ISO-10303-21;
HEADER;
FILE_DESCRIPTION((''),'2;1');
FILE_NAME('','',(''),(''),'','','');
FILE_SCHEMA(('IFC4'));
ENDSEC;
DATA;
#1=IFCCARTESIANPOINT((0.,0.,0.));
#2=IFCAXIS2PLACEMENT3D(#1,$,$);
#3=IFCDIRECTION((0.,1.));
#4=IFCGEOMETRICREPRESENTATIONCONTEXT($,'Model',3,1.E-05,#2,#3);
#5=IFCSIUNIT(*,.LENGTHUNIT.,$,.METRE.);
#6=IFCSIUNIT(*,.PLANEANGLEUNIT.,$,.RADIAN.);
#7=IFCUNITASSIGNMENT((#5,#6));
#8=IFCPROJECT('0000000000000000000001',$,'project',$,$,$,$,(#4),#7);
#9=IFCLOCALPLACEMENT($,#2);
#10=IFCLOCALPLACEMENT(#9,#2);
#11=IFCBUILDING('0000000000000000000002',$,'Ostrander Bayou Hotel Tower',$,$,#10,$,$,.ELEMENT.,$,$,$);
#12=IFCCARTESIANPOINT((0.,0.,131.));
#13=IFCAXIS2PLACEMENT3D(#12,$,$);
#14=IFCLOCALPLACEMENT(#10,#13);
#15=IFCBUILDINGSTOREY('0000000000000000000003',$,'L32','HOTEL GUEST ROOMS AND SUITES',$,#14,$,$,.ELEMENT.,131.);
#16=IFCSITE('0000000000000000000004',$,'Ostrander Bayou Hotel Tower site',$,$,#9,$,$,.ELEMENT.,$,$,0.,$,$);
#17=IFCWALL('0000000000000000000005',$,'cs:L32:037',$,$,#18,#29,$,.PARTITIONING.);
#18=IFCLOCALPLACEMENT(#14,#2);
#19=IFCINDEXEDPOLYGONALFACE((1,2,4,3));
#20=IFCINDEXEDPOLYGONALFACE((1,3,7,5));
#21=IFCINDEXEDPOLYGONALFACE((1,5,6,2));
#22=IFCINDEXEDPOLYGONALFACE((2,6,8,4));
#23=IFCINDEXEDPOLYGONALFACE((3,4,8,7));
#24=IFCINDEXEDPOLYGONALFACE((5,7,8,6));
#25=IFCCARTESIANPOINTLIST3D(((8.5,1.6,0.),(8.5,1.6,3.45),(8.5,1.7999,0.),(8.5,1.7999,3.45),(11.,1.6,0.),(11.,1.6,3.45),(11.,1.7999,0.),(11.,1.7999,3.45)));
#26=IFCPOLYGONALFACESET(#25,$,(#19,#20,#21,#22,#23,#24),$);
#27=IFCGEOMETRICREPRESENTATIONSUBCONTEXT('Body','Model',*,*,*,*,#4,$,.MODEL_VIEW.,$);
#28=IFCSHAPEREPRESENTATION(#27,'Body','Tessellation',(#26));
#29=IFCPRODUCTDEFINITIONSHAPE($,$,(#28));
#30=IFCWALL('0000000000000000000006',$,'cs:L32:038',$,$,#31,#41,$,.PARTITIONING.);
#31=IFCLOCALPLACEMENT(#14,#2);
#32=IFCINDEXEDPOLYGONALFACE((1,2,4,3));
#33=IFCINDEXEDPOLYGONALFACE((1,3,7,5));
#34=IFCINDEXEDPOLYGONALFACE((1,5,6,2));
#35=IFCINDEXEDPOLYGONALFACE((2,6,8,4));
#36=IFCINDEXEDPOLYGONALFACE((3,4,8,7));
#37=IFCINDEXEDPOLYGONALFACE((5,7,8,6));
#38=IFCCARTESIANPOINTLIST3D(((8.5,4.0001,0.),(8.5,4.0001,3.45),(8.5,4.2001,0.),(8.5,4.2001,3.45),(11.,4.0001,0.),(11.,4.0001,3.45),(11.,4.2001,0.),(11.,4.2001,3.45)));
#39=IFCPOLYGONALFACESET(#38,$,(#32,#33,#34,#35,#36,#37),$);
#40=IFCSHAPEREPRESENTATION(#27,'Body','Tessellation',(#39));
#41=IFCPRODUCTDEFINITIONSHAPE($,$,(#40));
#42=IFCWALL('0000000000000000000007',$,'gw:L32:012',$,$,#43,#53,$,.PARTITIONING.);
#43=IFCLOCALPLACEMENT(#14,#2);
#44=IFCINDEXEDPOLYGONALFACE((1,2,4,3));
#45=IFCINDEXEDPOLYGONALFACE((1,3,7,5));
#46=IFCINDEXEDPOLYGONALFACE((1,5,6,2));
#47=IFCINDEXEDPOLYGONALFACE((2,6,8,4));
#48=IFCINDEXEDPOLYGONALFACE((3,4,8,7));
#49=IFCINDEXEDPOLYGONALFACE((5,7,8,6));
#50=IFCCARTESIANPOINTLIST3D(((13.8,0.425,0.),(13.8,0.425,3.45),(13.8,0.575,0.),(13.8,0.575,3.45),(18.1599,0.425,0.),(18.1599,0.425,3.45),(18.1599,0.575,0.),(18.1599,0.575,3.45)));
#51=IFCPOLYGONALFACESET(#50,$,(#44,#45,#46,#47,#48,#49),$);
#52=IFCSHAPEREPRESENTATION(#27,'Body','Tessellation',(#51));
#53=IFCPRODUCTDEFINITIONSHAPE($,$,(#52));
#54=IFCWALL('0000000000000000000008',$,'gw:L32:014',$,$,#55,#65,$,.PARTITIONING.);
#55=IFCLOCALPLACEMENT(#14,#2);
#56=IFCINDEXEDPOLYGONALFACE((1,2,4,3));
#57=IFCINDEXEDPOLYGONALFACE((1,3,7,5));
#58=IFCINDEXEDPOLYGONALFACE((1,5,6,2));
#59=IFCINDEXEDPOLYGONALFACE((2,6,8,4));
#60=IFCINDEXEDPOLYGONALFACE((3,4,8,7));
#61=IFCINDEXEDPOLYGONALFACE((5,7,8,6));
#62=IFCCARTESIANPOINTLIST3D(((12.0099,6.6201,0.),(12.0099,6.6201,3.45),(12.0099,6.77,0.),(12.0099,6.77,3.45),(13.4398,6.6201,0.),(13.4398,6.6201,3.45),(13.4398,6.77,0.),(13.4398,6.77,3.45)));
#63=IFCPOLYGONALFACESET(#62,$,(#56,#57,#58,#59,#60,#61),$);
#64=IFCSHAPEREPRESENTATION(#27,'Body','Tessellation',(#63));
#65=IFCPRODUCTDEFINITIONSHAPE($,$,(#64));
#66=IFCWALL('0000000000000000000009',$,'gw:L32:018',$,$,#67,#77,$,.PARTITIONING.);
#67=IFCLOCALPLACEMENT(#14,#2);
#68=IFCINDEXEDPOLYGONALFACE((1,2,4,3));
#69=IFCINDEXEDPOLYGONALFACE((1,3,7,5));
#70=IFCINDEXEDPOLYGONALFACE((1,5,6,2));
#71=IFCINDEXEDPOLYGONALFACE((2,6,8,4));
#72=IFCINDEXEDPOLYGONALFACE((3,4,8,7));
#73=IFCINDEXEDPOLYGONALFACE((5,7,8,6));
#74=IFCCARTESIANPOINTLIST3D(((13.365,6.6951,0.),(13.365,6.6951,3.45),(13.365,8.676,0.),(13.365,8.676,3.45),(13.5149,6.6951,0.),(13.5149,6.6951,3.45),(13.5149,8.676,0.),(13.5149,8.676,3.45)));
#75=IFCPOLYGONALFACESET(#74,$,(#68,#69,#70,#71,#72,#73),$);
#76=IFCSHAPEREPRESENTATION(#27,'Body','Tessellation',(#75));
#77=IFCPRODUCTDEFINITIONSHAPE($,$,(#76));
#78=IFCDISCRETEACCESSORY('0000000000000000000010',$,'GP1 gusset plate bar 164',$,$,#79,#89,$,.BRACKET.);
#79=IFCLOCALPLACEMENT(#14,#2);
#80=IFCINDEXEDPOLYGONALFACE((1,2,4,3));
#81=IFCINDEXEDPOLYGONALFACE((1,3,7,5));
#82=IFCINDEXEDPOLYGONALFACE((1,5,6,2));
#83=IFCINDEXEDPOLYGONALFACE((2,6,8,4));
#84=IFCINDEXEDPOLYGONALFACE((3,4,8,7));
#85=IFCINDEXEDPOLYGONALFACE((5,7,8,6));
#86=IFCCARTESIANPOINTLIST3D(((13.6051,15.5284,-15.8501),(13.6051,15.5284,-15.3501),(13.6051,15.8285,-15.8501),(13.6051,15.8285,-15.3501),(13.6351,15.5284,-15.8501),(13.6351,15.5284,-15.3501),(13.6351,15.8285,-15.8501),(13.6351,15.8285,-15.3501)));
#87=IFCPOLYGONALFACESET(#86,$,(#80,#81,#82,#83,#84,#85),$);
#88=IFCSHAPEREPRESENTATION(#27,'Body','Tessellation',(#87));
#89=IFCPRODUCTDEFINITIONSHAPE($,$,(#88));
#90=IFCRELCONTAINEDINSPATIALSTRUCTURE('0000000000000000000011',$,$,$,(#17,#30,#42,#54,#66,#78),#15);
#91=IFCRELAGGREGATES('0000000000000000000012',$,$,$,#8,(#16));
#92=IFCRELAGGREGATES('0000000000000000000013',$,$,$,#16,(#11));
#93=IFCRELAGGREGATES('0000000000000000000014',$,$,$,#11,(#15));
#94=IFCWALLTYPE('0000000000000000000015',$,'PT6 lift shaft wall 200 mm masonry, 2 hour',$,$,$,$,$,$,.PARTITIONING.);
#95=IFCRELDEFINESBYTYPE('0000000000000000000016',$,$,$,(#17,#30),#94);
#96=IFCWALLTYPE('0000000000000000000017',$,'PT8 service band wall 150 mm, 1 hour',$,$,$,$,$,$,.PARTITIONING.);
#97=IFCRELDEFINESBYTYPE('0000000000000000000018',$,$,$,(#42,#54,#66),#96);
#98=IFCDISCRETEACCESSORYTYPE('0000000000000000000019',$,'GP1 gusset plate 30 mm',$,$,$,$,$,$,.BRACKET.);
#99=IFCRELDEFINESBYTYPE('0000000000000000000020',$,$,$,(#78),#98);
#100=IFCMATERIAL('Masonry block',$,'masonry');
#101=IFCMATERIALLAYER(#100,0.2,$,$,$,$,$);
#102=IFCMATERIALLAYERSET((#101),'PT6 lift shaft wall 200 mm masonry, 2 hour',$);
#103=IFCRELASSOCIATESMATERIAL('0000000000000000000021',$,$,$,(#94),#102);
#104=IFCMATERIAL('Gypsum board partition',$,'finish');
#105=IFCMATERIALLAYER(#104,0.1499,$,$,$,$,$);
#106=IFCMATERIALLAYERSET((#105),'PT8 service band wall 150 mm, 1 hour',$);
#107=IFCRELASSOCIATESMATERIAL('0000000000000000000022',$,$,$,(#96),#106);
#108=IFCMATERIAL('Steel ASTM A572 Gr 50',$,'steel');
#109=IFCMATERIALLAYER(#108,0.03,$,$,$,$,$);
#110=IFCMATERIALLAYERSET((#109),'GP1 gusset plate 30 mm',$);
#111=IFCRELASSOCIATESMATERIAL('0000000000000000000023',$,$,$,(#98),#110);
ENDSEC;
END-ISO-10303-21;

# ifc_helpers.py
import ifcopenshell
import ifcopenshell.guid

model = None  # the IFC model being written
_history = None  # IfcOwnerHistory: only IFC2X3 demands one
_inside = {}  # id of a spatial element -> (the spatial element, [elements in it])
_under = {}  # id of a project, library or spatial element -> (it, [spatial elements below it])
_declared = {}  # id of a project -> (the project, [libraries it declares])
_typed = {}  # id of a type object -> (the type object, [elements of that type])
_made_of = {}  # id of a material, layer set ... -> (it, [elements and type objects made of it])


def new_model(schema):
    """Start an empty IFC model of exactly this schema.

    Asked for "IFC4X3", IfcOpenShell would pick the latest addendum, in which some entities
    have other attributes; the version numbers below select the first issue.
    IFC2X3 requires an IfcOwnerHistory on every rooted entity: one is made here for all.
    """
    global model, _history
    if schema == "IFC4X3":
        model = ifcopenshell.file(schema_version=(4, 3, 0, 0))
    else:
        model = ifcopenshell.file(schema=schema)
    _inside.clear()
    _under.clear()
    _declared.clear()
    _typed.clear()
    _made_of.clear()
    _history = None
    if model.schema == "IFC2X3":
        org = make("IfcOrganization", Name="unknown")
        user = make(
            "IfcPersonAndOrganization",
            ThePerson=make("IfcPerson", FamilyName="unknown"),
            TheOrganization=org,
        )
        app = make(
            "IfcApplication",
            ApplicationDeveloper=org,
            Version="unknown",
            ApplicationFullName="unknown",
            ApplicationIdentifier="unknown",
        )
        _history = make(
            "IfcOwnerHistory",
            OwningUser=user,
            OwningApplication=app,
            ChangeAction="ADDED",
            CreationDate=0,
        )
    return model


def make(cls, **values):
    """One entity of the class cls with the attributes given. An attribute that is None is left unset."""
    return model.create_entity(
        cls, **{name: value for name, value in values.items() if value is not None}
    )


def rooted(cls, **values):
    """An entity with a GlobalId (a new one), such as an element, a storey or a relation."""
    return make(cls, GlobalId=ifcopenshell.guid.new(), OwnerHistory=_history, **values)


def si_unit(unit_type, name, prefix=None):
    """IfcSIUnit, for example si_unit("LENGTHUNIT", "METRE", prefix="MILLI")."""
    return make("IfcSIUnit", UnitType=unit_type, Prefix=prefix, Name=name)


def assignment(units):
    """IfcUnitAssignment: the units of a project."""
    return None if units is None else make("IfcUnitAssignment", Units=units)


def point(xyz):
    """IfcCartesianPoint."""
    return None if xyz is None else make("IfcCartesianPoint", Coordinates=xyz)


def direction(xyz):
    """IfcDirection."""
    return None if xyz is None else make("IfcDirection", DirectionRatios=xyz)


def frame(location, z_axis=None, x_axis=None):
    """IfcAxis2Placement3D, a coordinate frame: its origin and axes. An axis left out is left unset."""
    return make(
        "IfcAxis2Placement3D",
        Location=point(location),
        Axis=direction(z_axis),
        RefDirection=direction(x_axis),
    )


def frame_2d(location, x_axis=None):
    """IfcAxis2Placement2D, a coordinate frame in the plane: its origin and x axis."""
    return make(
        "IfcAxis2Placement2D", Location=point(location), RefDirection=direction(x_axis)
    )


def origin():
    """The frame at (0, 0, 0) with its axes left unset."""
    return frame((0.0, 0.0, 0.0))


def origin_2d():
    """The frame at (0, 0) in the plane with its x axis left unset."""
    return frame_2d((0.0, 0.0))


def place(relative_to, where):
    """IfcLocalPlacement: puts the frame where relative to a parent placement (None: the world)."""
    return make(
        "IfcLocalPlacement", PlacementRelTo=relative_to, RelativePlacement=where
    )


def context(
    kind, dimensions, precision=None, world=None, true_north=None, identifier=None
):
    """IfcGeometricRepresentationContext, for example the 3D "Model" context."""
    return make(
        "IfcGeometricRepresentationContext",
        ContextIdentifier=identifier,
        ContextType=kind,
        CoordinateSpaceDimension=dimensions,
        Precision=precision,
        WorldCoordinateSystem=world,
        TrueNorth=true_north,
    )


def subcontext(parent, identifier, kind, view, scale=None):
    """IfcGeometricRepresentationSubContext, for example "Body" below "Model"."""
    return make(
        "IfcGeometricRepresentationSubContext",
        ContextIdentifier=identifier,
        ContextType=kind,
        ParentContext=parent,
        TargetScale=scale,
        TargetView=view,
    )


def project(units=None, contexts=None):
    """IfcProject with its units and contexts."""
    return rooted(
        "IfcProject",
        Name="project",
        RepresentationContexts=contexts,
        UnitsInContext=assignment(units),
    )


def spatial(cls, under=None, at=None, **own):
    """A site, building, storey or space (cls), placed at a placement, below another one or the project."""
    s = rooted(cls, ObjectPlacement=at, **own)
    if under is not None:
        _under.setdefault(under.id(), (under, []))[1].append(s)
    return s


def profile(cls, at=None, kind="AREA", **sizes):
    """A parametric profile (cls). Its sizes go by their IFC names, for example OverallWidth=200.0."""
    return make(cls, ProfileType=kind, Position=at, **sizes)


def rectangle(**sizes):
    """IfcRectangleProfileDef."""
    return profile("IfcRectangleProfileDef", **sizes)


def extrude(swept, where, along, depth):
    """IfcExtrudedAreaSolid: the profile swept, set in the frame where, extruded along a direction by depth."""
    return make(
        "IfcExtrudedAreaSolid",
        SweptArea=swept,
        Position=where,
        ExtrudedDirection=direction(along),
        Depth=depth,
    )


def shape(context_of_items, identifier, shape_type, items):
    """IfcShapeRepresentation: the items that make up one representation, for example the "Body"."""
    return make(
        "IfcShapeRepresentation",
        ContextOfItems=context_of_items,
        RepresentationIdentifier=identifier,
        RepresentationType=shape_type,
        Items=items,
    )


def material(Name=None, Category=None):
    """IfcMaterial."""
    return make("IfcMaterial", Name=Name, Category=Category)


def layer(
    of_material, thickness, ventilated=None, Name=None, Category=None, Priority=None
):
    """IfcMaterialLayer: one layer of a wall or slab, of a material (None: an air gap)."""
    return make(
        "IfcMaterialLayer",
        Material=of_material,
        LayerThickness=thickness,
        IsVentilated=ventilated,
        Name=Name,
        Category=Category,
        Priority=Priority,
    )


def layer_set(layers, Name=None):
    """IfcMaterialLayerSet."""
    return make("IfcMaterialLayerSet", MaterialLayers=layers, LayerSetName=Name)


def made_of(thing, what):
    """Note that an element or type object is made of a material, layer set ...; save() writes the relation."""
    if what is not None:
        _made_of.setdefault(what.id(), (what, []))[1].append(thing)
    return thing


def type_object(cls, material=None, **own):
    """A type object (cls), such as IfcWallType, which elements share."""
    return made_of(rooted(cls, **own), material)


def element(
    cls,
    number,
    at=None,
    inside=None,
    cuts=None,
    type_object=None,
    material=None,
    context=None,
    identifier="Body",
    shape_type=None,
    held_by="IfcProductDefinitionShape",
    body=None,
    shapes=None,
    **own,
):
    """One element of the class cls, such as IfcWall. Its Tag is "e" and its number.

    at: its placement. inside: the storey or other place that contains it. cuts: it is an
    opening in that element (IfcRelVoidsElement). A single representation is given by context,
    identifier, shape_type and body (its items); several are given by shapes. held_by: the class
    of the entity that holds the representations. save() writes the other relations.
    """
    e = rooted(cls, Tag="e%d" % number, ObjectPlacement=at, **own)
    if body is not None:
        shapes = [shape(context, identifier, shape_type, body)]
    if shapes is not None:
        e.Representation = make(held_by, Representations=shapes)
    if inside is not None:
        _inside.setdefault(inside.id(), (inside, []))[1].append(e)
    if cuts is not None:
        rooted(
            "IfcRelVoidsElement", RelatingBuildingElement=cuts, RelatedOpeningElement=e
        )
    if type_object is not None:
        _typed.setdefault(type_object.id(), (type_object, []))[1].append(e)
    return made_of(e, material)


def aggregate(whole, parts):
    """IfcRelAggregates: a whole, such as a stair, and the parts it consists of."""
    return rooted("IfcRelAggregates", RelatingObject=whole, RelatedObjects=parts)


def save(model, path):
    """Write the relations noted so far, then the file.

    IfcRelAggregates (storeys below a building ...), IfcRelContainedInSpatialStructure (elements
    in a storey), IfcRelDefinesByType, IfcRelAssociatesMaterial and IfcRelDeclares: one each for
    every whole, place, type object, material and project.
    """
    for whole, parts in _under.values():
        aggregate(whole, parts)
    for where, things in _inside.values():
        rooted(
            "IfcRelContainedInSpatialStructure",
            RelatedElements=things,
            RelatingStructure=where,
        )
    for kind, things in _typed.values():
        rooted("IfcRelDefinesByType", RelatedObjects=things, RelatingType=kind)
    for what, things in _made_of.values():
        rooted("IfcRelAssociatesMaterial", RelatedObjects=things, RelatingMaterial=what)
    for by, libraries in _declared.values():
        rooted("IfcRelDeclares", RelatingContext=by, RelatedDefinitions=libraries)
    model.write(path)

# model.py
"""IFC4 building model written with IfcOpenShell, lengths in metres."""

from ifc_helpers import new_model, si_unit, direction, frame, frame_2d, origin, origin_2d, place, context, subcontext, project, spatial, rectangle, extrude, material, layer, layer_set, type_object, element, save


model = new_model("IFC4")

# Units and contexts
model_context = context("Model", 3, precision=1e-05, world=origin(), true_north=direction((0.0, 1.0)))
body_context = subcontext(model_context, "Body", "Model", "MODEL_VIEW")
ifc_project = project(units=[si_unit("LENGTHUNIT", "METRE"), si_unit("PLANEANGLEUNIT", "RADIAN")], contexts=[model_context])

# Site, building, storey
site_placement = place(None, origin())
site = spatial("IfcSite", under=ifc_project, at=site_placement, Name="Ostrander Bayou Hotel Tower site", CompositionType="ELEMENT", RefElevation=0.0)
building_placement = place(site_placement, origin())
building = spatial("IfcBuilding", under=site, at=building_placement, Name="Ostrander Bayou Hotel Tower", CompositionType="ELEMENT")
storey_placement = place(building_placement, frame((0.0, 0.0, 131.0)))
storey = spatial("IfcBuildingStorey", under=building, at=storey_placement, Name="L32", Description="HOTEL GUEST ROOMS AND SUITES", CompositionType="ELEMENT", Elevation=131.0)

# Walls
ifc_material_1 = material(Name="Masonry block", Category="masonry")
ifc_layer_1 = layer(ifc_material_1, 0.2)
ifc_layer_set_1 = layer_set([ifc_layer_1], Name="PT6 lift shaft wall 200 mm masonry, 2 hour")
wall_type_1 = type_object("IfcWallType", Name="PT6 lift shaft wall 200 mm masonry, 2 hour", PredefinedType="PARTITIONING", material=ifc_layer_set_1)
for number, where, z_axis, x_axis, name in (
    (1, (8.5, 1.7, 0.0), (0.0, 0.0, 1.0), (1.0, 0.0, 0.0), "cs:L32:037"),
    (2, (8.5, 4.1001, 0.0), (0.0, 0.0, 1.0), (1.0, 0.0, 0.0), "cs:L32:038"),
):
    element("IfcWall", number, at=place(storey_placement, frame(where, z_axis=z_axis, x_axis=x_axis)), inside=storey, type_object=wall_type_1, Name=name, PredefinedType="PARTITIONING", context=body_context, shape_type="SweptSolid", body=[
        extrude(rectangle(XDim=2.5, YDim=0.2, at=frame_2d((1.25, 0.0))), origin(), (0.0, 0.0, 1.0), 3.45),
    ])
ifc_material_2 = material(Name="Gypsum board partition", Category="finish")
ifc_layer_2 = layer(ifc_material_2, 0.1499)
ifc_layer_set_2 = layer_set([ifc_layer_2], Name="PT8 service band wall 150 mm, 1 hour")
wall_type_2 = type_object("IfcWallType", Name="PT8 service band wall 150 mm, 1 hour", PredefinedType="PARTITIONING", material=ifc_layer_set_2)
wall_1_placement = place(storey_placement, frame((13.8, 0.5, 0.0), z_axis=(0.0, 0.0, 1.0), x_axis=(1.0, 0.0, 0.0)))
element("IfcWall", 3, at=wall_1_placement, inside=storey, type_object=wall_type_2, Name="gw:L32:012", PredefinedType="PARTITIONING", context=body_context, shape_type="SweptSolid", body=[
    extrude(rectangle(XDim=4.3599, YDim=0.1499, at=frame_2d((2.1799, 0.0))), origin(), (0.0, 0.0, 1.0), 3.45),
])
wall_2_placement = place(storey_placement, frame((12.01, 6.6951, 0.0), z_axis=(0.0, 0.0, 1.0), x_axis=(1.0, 0.0, 0.0)))
element("IfcWall", 4, at=wall_2_placement, inside=storey, type_object=wall_type_2, Name="gw:L32:014", PredefinedType="PARTITIONING", context=body_context, shape_type="SweptSolid", body=[
    extrude(rectangle(XDim=1.4299, YDim=0.1499, at=frame_2d((0.7148, 0.0))), origin(), (0.0, 0.0, 1.0), 3.45),
])
wall_3_placement = place(storey_placement, frame((13.4399, 6.6951, 0.0), z_axis=(0.0, 0.0, 1.0), x_axis=(0.0, 1.0, 0.0)))
element("IfcWall", 5, at=wall_3_placement, inside=storey, type_object=wall_type_2, Name="gw:L32:018", PredefinedType="PARTITIONING", context=body_context, shape_type="SweptSolid", body=[
    extrude(rectangle(XDim=1.981, YDim=0.1499, at=frame_2d((0.9905, 0.0))), origin(), (0.0, 0.0, 1.0), 3.45),
])

# Discrete accessory
ifc_material_3 = material(Name="Steel ASTM A572 Gr 50", Category="steel")
ifc_layer_3 = layer(ifc_material_3, 0.03)
ifc_layer_set_3 = layer_set([ifc_layer_3], Name="GP1 gusset plate 30 mm")
discrete_accessory_type = type_object("IfcDiscreteAccessoryType", Name="GP1 gusset plate 30 mm", PredefinedType="BRACKET", material=ifc_layer_set_3)
discrete_accessory_placement = place(storey_placement, frame((13.6201, 15.6785, -15.8501), z_axis=(0.0, 0.0, 1.0), x_axis=(0.0, -1.0, 0.0)))
element("IfcDiscreteAccessory", 6, at=discrete_accessory_placement, inside=storey, type_object=discrete_accessory_type, Name="GP1 gusset plate bar 164", PredefinedType="BRACKET", context=body_context, shape_type="SweptSolid", body=[
    extrude(rectangle(XDim=0.3, YDim=0.03, at=origin_2d()), origin(), (0.0, 0.0, 1.0), 0.5),
])

save(model, "model.ifc")
